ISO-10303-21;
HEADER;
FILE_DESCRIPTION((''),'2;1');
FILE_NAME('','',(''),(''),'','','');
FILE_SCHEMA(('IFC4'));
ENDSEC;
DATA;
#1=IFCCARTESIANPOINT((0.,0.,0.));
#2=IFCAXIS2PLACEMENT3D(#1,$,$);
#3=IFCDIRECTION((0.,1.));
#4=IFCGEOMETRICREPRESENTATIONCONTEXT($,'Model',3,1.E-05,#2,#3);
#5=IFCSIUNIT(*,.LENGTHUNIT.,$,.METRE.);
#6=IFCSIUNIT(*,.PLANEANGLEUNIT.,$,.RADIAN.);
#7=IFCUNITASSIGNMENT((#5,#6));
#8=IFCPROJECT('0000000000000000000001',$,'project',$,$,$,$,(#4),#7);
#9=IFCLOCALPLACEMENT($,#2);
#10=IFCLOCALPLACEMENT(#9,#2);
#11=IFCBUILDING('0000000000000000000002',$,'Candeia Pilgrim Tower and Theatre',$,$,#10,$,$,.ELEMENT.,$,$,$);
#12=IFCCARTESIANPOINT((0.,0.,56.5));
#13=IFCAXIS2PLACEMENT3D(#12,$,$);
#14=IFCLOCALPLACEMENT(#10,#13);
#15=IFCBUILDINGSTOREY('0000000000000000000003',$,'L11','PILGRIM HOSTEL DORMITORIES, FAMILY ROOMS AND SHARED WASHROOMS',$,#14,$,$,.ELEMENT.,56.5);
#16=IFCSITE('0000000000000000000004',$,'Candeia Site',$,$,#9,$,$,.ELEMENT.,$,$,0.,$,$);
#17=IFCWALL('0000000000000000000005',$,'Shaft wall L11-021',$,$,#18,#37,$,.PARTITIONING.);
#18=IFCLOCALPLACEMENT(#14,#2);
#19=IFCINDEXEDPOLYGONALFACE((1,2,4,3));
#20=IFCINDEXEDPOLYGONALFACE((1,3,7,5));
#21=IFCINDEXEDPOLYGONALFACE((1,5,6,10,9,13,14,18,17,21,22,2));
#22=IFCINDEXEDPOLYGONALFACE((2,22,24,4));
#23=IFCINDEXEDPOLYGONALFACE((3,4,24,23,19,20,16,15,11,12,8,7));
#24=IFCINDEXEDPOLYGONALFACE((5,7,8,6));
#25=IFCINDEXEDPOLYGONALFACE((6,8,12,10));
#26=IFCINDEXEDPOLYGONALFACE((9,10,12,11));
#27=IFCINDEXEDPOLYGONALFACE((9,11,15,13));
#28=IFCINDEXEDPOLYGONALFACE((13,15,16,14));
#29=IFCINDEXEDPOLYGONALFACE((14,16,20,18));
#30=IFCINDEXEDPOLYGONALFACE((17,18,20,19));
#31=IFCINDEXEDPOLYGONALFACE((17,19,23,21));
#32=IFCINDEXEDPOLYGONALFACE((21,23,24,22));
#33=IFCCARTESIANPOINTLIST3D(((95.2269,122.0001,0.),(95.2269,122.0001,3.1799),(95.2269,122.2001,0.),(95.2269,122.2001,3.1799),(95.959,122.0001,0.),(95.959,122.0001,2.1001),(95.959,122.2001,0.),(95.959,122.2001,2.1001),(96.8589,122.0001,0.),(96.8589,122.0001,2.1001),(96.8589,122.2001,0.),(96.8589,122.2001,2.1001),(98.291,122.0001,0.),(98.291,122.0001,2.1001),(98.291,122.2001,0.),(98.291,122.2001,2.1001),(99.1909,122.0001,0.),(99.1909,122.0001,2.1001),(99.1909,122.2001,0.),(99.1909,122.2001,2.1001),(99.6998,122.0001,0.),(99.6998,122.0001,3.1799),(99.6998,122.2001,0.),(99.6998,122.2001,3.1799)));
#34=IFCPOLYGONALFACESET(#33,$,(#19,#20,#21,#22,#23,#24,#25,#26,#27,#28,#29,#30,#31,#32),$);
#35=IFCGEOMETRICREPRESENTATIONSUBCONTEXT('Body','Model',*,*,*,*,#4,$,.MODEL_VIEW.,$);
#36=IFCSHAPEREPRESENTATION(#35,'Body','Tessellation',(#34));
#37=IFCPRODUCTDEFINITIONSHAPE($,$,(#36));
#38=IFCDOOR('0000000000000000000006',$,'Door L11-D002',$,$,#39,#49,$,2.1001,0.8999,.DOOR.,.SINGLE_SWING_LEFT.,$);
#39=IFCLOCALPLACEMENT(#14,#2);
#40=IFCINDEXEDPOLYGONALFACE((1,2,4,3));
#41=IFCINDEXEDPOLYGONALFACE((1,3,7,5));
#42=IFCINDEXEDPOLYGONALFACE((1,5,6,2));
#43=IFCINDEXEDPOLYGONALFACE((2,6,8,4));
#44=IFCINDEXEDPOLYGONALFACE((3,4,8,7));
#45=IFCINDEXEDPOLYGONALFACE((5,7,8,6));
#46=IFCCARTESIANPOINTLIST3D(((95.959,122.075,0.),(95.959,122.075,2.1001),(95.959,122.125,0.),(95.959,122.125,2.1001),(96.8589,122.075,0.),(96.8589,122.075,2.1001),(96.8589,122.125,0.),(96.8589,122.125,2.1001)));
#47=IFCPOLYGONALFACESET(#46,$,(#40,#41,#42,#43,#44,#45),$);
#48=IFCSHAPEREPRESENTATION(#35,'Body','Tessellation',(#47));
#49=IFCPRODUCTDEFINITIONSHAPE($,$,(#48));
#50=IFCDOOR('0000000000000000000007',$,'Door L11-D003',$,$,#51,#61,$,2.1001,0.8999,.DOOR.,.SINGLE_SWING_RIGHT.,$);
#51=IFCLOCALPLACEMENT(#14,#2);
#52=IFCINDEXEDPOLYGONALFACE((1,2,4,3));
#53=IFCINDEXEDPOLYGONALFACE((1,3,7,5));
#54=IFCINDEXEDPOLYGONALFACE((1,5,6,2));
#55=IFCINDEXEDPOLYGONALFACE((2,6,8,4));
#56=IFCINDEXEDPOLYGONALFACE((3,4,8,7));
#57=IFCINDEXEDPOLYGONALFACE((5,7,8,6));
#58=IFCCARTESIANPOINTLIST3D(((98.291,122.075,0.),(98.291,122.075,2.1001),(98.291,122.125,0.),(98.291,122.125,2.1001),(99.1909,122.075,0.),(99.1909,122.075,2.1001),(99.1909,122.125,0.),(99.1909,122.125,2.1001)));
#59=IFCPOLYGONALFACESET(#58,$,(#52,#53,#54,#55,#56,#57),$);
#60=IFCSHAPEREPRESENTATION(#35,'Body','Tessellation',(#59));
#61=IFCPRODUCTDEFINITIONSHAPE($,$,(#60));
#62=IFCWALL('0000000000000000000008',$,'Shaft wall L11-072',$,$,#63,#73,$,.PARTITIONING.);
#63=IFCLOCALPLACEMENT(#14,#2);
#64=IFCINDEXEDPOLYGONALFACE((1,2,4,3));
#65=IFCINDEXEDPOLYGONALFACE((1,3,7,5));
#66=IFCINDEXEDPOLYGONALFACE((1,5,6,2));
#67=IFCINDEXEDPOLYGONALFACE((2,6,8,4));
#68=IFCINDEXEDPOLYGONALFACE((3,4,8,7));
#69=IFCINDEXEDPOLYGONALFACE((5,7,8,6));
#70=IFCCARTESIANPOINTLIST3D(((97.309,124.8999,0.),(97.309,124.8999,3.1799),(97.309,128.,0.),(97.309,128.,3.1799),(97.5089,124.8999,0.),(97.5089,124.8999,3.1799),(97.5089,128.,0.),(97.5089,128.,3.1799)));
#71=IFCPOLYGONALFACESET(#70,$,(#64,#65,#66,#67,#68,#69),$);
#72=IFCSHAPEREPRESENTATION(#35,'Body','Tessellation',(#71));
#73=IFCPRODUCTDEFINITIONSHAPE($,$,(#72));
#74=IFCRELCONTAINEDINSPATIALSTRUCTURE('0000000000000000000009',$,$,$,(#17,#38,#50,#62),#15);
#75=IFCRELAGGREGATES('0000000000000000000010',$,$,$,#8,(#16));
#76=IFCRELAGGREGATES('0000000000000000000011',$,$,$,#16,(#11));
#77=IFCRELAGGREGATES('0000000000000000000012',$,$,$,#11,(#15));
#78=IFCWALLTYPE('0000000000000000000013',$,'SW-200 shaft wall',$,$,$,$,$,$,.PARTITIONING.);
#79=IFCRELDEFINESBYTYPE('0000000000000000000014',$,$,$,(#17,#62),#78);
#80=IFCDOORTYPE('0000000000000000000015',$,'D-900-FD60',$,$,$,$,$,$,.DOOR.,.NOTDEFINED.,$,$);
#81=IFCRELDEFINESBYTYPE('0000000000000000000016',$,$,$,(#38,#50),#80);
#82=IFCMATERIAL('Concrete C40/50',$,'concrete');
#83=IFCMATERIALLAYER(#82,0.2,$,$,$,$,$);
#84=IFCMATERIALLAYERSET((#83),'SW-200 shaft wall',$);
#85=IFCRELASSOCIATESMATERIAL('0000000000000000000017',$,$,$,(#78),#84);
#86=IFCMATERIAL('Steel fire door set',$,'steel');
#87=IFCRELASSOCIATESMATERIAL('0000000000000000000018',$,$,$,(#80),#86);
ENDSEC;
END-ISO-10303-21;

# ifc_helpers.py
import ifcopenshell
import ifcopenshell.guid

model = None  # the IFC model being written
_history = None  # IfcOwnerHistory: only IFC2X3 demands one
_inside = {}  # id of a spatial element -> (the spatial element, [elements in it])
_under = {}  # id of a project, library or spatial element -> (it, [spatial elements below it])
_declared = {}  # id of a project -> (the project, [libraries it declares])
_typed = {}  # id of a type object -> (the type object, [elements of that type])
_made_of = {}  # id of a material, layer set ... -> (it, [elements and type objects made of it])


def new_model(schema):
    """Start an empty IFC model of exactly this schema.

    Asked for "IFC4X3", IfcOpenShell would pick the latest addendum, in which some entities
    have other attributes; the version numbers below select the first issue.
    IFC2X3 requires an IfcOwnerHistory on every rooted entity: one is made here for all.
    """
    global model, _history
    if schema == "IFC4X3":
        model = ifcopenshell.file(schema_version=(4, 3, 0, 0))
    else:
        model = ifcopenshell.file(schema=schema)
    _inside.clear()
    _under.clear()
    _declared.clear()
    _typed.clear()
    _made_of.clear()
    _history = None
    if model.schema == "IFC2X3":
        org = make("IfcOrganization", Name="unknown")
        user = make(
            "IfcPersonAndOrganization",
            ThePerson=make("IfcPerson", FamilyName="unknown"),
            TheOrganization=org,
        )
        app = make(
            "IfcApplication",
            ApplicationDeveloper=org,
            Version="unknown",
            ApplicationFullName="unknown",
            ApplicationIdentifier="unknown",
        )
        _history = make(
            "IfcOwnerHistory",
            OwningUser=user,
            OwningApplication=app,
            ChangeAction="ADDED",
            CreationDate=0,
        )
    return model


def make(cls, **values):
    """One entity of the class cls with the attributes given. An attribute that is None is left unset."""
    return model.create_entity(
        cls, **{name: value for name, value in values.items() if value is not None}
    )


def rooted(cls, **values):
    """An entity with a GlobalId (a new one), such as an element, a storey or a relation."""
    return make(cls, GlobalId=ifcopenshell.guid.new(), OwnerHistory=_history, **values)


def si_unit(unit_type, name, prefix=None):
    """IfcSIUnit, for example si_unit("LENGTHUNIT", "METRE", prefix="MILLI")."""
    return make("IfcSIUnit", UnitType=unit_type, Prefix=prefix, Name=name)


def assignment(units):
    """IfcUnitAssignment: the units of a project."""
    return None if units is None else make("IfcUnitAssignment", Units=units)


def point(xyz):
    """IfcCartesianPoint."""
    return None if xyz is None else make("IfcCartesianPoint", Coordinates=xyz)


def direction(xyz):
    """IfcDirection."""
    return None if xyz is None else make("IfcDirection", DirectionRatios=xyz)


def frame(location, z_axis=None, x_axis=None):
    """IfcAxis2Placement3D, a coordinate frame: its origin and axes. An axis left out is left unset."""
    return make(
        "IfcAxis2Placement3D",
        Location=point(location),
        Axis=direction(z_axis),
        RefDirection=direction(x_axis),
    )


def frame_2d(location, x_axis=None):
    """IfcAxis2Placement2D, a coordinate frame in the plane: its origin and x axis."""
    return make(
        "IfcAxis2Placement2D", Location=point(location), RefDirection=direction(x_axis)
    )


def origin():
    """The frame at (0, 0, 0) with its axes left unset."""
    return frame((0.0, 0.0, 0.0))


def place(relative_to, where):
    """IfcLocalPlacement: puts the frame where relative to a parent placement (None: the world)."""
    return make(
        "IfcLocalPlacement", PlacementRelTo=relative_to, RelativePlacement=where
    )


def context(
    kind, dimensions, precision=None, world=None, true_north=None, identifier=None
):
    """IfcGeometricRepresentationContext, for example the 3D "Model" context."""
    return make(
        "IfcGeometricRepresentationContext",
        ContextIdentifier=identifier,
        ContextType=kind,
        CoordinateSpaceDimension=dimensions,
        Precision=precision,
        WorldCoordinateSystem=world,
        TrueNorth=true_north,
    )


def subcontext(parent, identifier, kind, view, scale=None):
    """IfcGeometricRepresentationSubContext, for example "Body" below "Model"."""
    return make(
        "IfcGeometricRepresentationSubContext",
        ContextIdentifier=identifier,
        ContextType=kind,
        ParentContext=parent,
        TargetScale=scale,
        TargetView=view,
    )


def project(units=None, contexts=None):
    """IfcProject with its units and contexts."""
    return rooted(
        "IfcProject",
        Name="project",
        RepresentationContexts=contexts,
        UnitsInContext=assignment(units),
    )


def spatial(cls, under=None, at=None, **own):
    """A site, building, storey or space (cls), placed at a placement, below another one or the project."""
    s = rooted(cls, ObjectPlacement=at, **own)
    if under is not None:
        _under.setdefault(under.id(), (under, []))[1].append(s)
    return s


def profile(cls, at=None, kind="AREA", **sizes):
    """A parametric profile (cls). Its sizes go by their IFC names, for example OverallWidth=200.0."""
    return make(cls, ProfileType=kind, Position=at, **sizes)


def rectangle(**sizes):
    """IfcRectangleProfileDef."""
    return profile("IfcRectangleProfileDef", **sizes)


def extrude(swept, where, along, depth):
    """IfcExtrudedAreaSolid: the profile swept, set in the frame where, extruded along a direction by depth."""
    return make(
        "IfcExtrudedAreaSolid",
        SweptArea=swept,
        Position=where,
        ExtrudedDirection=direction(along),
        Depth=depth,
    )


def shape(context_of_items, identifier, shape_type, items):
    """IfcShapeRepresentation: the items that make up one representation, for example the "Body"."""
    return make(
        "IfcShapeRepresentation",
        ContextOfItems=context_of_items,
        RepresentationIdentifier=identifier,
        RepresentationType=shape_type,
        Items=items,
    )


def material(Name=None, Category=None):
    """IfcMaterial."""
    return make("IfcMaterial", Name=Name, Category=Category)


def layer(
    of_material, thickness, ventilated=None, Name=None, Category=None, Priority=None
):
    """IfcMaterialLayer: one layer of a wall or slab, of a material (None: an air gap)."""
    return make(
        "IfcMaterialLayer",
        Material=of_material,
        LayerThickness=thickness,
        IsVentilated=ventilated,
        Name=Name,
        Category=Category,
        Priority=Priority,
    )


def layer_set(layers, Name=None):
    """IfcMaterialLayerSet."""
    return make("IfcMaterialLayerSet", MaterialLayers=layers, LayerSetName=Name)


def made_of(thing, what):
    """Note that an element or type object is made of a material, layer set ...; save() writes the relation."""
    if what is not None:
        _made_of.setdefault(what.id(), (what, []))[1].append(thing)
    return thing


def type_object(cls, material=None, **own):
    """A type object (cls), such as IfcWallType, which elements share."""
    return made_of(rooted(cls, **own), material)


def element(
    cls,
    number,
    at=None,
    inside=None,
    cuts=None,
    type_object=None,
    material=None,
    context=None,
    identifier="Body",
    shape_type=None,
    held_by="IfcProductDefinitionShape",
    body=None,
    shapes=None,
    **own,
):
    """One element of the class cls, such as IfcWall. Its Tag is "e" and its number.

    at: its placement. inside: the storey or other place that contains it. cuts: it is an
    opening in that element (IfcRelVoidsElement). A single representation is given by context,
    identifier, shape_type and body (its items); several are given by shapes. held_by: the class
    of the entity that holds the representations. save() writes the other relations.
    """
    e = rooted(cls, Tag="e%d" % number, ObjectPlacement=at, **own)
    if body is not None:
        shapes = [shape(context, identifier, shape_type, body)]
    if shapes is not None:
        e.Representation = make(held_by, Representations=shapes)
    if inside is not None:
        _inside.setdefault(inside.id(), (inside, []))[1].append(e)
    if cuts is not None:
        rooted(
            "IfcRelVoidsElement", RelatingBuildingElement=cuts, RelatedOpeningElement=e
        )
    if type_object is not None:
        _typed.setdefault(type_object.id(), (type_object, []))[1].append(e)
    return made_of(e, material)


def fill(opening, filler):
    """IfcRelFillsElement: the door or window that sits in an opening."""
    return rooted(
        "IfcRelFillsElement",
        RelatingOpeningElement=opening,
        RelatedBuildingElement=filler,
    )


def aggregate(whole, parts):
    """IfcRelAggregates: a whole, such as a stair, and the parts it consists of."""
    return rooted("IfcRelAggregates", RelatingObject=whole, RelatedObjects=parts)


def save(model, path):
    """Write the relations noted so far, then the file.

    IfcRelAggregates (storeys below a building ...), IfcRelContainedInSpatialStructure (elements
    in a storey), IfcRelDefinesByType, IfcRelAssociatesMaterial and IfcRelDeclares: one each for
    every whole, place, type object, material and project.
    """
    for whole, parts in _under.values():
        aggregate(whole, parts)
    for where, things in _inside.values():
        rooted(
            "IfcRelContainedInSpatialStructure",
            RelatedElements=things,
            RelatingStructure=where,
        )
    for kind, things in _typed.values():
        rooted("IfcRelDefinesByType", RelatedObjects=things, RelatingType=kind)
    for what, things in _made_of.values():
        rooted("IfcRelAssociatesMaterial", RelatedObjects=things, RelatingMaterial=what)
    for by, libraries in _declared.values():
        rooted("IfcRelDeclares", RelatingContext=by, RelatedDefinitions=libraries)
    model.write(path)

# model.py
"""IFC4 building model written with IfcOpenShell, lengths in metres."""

from ifc_helpers import new_model, si_unit, direction, frame, frame_2d, origin, place, context, subcontext, project, spatial, rectangle, extrude, material, layer, layer_set, type_object, element, fill, save


model = new_model("IFC4")

# Units and contexts
model_context = context("Model", 3, precision=1e-05, world=origin(), true_north=direction((0.0, 1.0)))
body_context = subcontext(model_context, "Body", "Model", "MODEL_VIEW")
ifc_project = project(units=[si_unit("LENGTHUNIT", "METRE"), si_unit("PLANEANGLEUNIT", "RADIAN")], contexts=[model_context])

# Site, building, storey
site_placement = place(None, origin())
site = spatial("IfcSite", under=ifc_project, at=site_placement, Name="Candeia Site", CompositionType="ELEMENT", RefElevation=0.0)
building_placement = place(site_placement, origin())
building = spatial("IfcBuilding", under=site, at=building_placement, Name="Candeia Pilgrim Tower and Theatre", CompositionType="ELEMENT")
storey_placement = place(building_placement, frame((0.0, 0.0, 56.5)))
storey = spatial("IfcBuildingStorey", under=building, at=storey_placement, Name="L11", Description="PILGRIM HOSTEL DORMITORIES, FAMILY ROOMS AND SHARED WASHROOMS", CompositionType="ELEMENT", Elevation=56.5)

# Shared definitions
ifc_material_1 = material(Name="Steel fire door set", Category="steel")

# Wall, openings, doors
ifc_material_2 = material(Name="Concrete C40/50", Category="concrete")
ifc_layer_1 = layer(ifc_material_2, 0.2)
ifc_layer_set_1 = layer_set([ifc_layer_1], Name="SW-200 shaft wall")
wall_type_1 = type_object("IfcWallType", Name="SW-200 shaft wall", PredefinedType="PARTITIONING", material=ifc_layer_set_1)
wall_1_placement = place(storey_placement, frame((95.2271, 122.1001, 0.0), z_axis=(0.0, 0.0, 1.0), x_axis=(1.0, 0.0, 0.0)))
wall_1 = element("IfcWall", 1, at=wall_1_placement, inside=storey, type_object=wall_type_1, Name="Shaft wall L11-021", PredefinedType="PARTITIONING", context=body_context, shape_type="SweptSolid", body=[
    extrude(rectangle(XDim=4.4729, YDim=0.2, at=frame_2d((2.2363, 0.0))), origin(), (0.0, 0.0, 1.0), 3.1799),
])
opening_1_placement = place(wall_1_placement, frame((0.7319, 0.0, 0.0)))
opening_1 = element("IfcOpeningElement", 2, at=opening_1_placement, cuts=wall_1, PredefinedType="OPENING", context=body_context, shape_type="SweptSolid", body=[
    extrude(rectangle(XDim=0.8999, YDim=2.1001, at=frame_2d((0.45, 1.05))), frame((0.0, 0.1099, 0.0), z_axis=(0.0, -1.0, 0.0), x_axis=(1.0, 0.0, 0.0)), (0.0, 0.0, 1.0), 0.22),
])
opening_2_placement = place(wall_1_placement, frame((3.064, 0.0, 0.0)))
opening_2 = element("IfcOpeningElement", 3, at=opening_2_placement, cuts=wall_1, PredefinedType="OPENING", context=body_context, shape_type="SweptSolid", body=[
    extrude(rectangle(XDim=0.8999, YDim=2.1001, at=frame_2d((0.45, 1.05))), frame((0.0, 0.1099, 0.0), z_axis=(0.0, -1.0, 0.0), x_axis=(1.0, 0.0, 0.0)), (0.0, 0.0, 1.0), 0.22),
])
door_type_1 = type_object("IfcDoorType", Name="D-900-FD60", OperationType="NOTDEFINED", PredefinedType="DOOR", material=ifc_material_1)
door_1_placement = place(opening_1_placement, origin())
door_1 = element("IfcDoor", 4, at=door_1_placement, inside=storey, type_object=door_type_1, Name="Door L11-D002", OperationType="SINGLE_SWING_LEFT", OverallHeight=2.1001, OverallWidth=0.8999, PredefinedType="DOOR", context=body_context, shape_type="SweptSolid", body=[
    extrude(rectangle(XDim=0.8999, YDim=2.1001, at=frame_2d((0.45, 1.05))), frame((0.0, 0.0249, 0.0), z_axis=(0.0, -1.0, 0.0), x_axis=(1.0, 0.0, 0.0)), (0.0, 0.0, 1.0), 0.05),
])
fill(opening_1, door_1)
door_2_placement = place(opening_2_placement, origin())
door_2 = element("IfcDoor", 5, at=door_2_placement, inside=storey, type_object=door_type_1, Name="Door L11-D003", OperationType="SINGLE_SWING_RIGHT", OverallHeight=2.1001, OverallWidth=0.8999, PredefinedType="DOOR", context=body_context, shape_type="SweptSolid", body=[
    extrude(rectangle(XDim=0.8999, YDim=2.1001, at=frame_2d((0.45, 1.05))), frame((0.0, 0.0249, 0.0), z_axis=(0.0, -1.0, 0.0), x_axis=(1.0, 0.0, 0.0)), (0.0, 0.0, 1.0), 0.05),
])
fill(opening_2, door_2)

# Wall
wall_2_placement = place(storey_placement, frame((97.4089, 124.8999, 0.0), z_axis=(0.0, 0.0, 1.0), x_axis=(0.0, 1.0, 0.0)))
element("IfcWall", 6, at=wall_2_placement, inside=storey, type_object=wall_type_1, Name="Shaft wall L11-072", PredefinedType="PARTITIONING", context=body_context, shape_type="SweptSolid", body=[
    extrude(rectangle(XDim=3.1001, YDim=0.2, at=frame_2d((1.55, 0.0))), origin(), (0.0, 0.0, 1.0), 3.1799),
])

save(model, "model.ifc")
